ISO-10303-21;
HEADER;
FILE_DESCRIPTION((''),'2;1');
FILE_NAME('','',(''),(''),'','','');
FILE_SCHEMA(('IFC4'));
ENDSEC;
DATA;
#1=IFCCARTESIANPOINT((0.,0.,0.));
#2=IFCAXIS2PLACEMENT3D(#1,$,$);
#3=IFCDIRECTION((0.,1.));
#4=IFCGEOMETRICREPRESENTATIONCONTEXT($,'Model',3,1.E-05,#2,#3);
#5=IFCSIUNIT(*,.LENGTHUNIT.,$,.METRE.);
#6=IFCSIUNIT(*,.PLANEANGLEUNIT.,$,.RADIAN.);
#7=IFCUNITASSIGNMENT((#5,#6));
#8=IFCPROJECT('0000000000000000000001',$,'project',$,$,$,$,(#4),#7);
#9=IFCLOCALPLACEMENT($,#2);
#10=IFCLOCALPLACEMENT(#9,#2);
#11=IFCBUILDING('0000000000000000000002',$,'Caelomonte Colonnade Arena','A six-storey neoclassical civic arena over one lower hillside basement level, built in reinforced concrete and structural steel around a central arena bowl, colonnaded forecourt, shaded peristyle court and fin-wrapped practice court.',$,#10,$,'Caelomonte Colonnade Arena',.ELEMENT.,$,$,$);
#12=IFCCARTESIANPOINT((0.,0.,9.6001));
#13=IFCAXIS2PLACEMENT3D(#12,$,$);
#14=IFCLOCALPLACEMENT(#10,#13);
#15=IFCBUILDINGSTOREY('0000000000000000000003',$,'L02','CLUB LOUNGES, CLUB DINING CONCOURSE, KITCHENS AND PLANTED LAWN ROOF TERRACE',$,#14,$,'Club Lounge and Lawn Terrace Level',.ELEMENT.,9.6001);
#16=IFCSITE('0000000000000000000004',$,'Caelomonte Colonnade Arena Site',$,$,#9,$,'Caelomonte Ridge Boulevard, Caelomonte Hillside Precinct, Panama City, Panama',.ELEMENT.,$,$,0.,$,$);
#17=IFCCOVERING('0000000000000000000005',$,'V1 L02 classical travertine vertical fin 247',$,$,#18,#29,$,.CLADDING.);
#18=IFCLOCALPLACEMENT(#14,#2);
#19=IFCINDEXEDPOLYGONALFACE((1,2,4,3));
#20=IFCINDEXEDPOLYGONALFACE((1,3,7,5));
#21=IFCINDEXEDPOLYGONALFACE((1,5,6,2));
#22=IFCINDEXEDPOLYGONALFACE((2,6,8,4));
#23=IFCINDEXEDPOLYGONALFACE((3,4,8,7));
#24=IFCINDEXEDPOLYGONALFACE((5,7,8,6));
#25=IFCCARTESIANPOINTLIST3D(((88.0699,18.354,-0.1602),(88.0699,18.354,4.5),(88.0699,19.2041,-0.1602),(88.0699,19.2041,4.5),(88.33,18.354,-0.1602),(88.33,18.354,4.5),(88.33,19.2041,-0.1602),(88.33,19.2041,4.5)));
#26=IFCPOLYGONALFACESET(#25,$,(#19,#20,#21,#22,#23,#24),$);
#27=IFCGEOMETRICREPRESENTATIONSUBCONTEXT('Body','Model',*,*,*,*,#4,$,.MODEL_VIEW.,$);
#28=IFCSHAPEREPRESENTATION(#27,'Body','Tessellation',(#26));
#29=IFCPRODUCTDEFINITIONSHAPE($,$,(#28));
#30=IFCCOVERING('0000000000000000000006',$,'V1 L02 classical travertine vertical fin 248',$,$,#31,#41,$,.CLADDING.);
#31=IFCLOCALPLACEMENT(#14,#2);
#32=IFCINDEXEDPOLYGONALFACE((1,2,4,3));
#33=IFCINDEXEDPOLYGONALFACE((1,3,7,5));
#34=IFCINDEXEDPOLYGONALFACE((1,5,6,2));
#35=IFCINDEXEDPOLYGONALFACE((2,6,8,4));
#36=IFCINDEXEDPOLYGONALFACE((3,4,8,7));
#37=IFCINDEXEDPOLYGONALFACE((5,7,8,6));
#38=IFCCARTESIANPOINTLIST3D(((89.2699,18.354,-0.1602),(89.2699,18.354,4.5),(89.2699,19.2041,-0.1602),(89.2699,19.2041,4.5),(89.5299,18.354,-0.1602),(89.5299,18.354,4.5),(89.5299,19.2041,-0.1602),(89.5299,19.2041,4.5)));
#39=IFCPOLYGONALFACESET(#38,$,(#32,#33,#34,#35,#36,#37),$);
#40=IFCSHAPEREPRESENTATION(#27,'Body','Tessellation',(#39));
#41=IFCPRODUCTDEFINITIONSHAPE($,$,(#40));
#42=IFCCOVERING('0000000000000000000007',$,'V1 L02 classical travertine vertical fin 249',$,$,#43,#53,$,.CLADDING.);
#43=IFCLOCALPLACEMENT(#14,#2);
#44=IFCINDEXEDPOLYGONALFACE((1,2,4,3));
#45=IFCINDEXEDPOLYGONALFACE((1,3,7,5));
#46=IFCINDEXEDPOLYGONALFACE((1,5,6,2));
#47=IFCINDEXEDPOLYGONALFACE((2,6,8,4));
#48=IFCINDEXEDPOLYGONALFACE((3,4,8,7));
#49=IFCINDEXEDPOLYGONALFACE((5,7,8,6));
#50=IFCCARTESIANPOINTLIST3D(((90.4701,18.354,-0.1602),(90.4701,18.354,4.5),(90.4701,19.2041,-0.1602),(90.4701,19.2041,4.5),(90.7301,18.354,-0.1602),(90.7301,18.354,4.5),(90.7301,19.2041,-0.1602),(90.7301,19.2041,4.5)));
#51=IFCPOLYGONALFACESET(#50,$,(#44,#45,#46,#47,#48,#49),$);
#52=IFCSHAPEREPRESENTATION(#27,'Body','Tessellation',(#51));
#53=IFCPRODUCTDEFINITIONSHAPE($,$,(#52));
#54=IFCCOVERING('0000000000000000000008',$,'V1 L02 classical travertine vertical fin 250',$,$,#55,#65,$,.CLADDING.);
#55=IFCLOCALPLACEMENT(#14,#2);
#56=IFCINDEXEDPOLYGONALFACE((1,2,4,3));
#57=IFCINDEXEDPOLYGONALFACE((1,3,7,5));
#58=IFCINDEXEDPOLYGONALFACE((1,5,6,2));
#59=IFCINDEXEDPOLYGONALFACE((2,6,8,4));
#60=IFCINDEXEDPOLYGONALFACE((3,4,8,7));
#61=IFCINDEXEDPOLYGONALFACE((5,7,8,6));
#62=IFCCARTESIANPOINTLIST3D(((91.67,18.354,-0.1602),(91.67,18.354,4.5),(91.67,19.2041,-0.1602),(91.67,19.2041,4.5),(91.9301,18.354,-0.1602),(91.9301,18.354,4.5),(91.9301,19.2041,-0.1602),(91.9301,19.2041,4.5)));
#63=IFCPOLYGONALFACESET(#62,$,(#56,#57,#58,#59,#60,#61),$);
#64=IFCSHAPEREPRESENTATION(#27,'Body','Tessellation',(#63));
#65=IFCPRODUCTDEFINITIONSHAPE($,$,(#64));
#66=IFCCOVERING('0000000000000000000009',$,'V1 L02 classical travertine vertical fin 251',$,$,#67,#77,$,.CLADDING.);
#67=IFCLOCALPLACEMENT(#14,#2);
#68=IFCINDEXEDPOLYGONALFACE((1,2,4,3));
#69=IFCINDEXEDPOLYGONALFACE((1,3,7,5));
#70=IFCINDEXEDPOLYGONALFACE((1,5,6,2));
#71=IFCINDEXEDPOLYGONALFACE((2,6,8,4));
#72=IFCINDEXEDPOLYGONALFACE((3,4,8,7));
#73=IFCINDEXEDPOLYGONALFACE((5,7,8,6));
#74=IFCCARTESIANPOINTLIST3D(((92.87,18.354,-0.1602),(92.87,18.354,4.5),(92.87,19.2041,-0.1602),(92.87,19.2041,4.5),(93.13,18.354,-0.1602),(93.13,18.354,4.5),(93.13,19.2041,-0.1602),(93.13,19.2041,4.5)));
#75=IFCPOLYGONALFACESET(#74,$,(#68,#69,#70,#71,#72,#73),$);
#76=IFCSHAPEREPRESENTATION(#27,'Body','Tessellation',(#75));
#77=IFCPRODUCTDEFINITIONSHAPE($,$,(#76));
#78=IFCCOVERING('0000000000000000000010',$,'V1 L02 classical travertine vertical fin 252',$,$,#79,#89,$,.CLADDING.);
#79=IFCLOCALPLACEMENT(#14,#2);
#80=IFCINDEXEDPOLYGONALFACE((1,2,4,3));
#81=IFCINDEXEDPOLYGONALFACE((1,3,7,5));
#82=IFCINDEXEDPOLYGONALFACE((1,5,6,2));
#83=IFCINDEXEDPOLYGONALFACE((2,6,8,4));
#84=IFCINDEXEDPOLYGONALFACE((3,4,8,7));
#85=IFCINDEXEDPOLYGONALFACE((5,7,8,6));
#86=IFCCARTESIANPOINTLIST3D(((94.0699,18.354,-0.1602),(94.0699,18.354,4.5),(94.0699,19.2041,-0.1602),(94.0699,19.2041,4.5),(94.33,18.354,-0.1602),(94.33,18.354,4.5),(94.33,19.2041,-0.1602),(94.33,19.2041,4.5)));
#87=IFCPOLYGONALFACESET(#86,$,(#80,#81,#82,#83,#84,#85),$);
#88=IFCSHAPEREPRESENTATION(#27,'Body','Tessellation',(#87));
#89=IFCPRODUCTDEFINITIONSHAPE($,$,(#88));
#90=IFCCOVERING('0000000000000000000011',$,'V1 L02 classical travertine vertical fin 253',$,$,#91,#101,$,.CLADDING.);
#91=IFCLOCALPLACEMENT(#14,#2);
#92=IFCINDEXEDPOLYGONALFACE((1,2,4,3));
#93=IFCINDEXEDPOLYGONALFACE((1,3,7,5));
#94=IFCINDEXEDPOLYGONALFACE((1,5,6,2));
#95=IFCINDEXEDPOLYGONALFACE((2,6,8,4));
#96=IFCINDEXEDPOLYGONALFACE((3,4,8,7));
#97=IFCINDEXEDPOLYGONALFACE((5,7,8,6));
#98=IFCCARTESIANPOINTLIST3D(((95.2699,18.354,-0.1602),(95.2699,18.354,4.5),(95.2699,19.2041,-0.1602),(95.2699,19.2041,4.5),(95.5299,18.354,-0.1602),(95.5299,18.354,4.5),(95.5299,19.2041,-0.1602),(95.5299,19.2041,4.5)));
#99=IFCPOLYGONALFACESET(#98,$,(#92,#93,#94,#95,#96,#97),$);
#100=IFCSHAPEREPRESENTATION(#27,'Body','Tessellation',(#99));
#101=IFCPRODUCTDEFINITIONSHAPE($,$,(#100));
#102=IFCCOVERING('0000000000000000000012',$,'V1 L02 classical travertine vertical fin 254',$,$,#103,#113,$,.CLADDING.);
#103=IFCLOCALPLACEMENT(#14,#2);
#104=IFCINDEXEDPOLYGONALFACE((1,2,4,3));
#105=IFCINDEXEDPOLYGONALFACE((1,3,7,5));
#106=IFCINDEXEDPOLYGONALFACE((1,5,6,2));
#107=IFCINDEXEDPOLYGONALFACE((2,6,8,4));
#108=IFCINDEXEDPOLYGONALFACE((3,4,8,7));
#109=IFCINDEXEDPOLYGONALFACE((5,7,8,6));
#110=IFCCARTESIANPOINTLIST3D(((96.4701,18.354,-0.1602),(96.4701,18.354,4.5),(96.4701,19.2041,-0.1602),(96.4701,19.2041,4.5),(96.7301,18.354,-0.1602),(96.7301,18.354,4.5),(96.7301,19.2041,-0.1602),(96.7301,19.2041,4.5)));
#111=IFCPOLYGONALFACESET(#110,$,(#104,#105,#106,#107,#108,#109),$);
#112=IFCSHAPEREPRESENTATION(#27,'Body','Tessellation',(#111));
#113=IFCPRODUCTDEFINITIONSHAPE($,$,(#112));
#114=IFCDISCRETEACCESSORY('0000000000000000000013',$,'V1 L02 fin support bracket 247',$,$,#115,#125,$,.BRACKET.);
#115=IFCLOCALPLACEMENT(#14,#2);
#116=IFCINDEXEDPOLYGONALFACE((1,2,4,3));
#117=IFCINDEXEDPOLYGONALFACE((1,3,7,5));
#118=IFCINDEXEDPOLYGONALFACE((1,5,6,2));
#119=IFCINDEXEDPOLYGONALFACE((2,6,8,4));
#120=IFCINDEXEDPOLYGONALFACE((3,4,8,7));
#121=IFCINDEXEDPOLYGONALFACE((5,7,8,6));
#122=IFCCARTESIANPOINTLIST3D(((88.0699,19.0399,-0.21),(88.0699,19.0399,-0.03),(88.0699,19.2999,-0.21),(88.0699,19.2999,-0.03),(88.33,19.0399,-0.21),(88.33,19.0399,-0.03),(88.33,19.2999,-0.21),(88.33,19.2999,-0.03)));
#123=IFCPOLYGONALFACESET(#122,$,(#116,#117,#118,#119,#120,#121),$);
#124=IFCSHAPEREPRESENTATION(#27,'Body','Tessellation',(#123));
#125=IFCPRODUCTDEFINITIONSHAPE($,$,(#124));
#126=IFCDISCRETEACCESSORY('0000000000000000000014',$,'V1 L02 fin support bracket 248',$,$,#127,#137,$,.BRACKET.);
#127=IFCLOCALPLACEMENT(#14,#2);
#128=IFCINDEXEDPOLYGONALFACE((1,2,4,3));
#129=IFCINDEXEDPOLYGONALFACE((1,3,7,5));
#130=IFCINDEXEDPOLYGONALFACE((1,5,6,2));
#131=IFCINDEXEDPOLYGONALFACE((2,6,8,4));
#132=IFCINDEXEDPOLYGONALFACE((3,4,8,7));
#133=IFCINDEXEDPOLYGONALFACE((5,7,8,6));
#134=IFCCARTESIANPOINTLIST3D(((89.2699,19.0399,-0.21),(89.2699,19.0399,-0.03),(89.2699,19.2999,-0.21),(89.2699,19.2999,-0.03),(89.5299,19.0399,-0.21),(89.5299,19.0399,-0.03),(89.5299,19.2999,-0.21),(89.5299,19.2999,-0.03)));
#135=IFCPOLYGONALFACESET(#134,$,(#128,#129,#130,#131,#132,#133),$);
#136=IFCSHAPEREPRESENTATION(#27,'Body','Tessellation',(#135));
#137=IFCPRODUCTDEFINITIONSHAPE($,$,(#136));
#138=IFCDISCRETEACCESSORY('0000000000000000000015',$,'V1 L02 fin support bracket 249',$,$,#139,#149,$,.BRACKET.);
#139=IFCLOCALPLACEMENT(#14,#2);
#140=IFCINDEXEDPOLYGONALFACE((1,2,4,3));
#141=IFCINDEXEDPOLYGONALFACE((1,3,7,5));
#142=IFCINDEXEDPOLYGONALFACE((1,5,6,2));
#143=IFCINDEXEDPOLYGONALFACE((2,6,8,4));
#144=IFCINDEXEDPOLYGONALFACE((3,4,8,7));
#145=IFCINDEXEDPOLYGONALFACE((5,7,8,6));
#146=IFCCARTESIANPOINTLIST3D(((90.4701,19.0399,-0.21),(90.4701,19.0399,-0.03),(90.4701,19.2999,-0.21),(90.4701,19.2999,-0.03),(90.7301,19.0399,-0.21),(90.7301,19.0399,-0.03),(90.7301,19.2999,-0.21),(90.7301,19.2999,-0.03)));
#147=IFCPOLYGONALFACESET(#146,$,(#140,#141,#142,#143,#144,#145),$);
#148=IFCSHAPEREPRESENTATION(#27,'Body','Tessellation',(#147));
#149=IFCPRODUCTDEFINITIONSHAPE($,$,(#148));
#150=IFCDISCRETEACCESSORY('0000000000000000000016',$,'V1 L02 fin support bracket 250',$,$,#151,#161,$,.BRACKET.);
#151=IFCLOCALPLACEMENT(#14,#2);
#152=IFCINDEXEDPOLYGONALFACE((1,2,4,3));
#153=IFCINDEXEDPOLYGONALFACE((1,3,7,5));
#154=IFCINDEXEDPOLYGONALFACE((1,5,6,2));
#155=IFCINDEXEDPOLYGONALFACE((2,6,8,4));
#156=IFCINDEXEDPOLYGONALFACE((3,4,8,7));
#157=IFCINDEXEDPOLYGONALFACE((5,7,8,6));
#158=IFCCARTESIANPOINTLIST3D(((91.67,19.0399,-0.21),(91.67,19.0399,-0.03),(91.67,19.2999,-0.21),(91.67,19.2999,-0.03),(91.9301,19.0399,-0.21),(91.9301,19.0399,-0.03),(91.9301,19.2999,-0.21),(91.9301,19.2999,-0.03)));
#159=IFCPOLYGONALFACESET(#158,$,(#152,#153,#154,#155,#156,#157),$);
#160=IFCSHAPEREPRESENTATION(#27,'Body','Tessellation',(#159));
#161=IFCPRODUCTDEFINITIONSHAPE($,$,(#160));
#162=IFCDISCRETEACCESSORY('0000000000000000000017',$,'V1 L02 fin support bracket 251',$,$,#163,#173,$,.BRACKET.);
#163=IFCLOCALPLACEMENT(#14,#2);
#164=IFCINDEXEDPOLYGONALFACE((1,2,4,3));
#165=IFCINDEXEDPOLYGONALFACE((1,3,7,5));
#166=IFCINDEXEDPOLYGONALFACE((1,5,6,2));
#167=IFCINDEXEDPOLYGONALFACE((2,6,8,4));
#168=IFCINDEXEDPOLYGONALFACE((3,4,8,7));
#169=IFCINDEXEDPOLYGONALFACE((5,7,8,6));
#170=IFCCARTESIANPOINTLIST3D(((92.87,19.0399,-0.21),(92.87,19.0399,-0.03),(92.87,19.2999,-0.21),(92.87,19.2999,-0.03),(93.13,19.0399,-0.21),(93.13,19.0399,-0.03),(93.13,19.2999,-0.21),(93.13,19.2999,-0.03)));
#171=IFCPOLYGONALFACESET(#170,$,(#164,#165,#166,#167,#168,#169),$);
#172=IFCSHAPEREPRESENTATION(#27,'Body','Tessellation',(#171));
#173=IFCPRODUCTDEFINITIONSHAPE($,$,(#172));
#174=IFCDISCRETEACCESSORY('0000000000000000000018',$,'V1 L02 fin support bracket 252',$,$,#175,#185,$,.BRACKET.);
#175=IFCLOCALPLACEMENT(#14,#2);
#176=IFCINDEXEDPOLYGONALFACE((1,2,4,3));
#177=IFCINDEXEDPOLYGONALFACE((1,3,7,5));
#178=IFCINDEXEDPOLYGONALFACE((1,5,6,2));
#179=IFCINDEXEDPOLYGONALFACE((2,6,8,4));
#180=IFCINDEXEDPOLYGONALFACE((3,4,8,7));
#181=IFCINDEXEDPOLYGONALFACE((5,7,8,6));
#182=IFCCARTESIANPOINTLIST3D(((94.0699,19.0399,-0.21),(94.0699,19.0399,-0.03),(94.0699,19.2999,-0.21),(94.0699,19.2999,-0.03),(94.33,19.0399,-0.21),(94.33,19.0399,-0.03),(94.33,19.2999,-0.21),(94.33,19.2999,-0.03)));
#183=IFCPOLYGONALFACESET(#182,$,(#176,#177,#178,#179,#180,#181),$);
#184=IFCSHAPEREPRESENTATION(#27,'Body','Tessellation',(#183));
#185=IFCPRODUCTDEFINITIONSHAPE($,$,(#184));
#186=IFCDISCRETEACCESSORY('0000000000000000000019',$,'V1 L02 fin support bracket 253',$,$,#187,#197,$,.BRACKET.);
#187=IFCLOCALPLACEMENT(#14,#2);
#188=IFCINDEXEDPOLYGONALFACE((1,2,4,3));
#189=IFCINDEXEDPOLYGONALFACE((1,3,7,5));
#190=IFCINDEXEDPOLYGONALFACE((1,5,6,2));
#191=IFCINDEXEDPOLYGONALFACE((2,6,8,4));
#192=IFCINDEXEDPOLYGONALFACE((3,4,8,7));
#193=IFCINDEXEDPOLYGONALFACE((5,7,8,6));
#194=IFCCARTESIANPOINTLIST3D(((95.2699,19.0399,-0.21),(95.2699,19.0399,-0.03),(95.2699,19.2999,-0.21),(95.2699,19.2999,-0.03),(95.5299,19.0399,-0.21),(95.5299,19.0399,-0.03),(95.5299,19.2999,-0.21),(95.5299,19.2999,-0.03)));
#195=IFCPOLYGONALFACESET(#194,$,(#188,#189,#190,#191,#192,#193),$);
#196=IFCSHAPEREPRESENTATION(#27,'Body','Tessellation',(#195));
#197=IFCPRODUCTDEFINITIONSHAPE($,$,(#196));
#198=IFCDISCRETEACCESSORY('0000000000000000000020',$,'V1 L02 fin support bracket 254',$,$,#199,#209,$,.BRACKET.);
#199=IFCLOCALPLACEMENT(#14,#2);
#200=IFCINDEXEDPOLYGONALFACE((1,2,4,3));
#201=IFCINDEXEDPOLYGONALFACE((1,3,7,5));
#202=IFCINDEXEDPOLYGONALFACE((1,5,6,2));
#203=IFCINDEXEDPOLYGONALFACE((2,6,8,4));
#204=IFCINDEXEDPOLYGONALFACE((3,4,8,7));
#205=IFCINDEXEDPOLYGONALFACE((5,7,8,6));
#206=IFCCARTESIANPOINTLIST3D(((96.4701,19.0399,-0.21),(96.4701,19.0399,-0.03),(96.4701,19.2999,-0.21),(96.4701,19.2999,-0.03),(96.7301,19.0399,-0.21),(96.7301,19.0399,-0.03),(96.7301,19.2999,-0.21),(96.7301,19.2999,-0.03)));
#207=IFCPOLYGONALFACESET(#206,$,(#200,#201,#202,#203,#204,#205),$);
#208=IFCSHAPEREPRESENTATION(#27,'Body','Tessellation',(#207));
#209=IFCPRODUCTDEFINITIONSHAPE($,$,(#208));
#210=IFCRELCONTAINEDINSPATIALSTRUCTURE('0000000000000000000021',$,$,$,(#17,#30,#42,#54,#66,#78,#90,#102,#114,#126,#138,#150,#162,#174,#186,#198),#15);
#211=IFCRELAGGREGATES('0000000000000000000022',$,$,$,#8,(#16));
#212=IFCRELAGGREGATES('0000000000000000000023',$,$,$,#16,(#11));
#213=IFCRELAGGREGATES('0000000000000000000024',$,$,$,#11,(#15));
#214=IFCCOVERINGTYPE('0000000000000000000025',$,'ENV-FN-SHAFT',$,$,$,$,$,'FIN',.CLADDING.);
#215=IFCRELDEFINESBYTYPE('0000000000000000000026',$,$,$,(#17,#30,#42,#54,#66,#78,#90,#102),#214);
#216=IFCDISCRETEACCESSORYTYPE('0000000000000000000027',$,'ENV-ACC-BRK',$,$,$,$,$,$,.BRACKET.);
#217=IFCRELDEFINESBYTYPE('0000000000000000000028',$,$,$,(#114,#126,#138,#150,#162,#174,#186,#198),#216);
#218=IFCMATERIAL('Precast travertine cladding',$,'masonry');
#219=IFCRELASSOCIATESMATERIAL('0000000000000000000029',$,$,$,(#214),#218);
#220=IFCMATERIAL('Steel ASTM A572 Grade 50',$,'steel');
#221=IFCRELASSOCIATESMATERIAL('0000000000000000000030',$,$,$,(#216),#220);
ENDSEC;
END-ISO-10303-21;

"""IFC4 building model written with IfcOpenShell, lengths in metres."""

from ifc_helpers import new_model, si_unit, direction, frame, origin, origin_2d, place, context, subcontext, project, spatial, rectangle, extrude, material, material_profile, profile_set, type_object, element, save


model = new_model("IFC4")

# Units and contexts
model_context = context("Model", 3, precision=1e-05, world=origin(), true_north=direction((0.0, 1.0)))
body_context = subcontext(model_context, "Body", "Model", "MODEL_VIEW")
ifc_project = project(units=[si_unit("LENGTHUNIT", "METRE"), si_unit("PLANEANGLEUNIT", "RADIAN")], contexts=[model_context])

# Site, building, storey
site_placement = place(None, origin())
site = spatial("IfcSite", under=ifc_project, at=site_placement, Name="Caelomonte Colonnade Arena Site", LongName="Caelomonte Ridge Boulevard, Caelomonte Hillside Precinct, Panama City, Panama", CompositionType="ELEMENT", RefElevation=0.0)
building_placement = place(site_placement, origin())
building = spatial("IfcBuilding", under=site, at=building_placement, Name="Caelomonte Colonnade Arena", Description="A six-storey neoclassical civic arena over one lower hillside basement level, built in reinforced concrete and structural steel around a central arena bowl, colonnaded forecourt, shaded peristyle court and fin-wrapped practice court.", LongName="Caelomonte Colonnade Arena", CompositionType="ELEMENT")
storey_placement = place(building_placement, frame((0.0, 0.0, 9.6001)))
storey = spatial("IfcBuildingStorey", under=building, at=storey_placement, Name="L02", Description="CLUB LOUNGES, CLUB DINING CONCOURSE, KITCHENS AND PLANTED LAWN ROOF TERRACE", LongName="Club Lounge and Lawn Terrace Level", CompositionType="ELEMENT", Elevation=9.6001)

# Coverings
ifc_material_1 = material(Name="Precast travertine cladding", Category="masonry")
ifc_material_profile_1 = material_profile(ifc_material_1, rectangle(XDim=0.26, YDim=0.8501, at=origin_2d()), Name="FIN260X850")
ifc_profile_set_1 = profile_set([ifc_material_profile_1], Name="Precast travertine cladding")
covering_type = type_object("IfcCoveringType", Name="ENV-FN-SHAFT", ElementType="FIN", PredefinedType="CLADDING", material=ifc_profile_set_1)
for number, where, z_axis, x_axis, name in (
    (1, (88.2, 18.7791, -0.1602), (0.0, 0.0, 1.0), (-1.0, 0.0, 0.0), "V1 L02 classical travertine vertical fin 247"),
    (2, (89.3999, 18.7791, -0.1602), (0.0, 0.0, 1.0), (-1.0, 0.0, 0.0), "V1 L02 classical travertine vertical fin 248"),
    (3, (90.6001, 18.7791, -0.1602), (0.0, 0.0, 1.0), (-1.0, 0.0, 0.0), "V1 L02 classical travertine vertical fin 249"),
    (4, (91.8, 18.7791, -0.1602), (0.0, 0.0, 1.0), (-1.0, 0.0, 0.0), "V1 L02 classical travertine vertical fin 250"),
    (5, (93.0, 18.7791, -0.1602), (0.0, 0.0, 1.0), (-1.0, 0.0, 0.0), "V1 L02 classical travertine vertical fin 251"),
    (6, (94.2, 18.7791, -0.1602), (0.0, 0.0, 1.0), (-1.0, 0.0, 0.0), "V1 L02 classical travertine vertical fin 252"),
    (7, (95.3999, 18.7791, -0.1602), (0.0, 0.0, 1.0), (-1.0, 0.0, 0.0), "V1 L02 classical travertine vertical fin 253"),
    (8, (96.6001, 18.7791, -0.1602), (0.0, 0.0, 1.0), (-1.0, 0.0, 0.0), "V1 L02 classical travertine vertical fin 254"),
):
    element("IfcCovering", number, at=place(storey_placement, frame(where, z_axis=z_axis, x_axis=x_axis)), inside=storey, type_object=covering_type, Name=name, PredefinedType="CLADDING", context=body_context, shape_type="SweptSolid", body=[
        extrude(rectangle(XDim=0.26, YDim=0.8501, at=origin_2d()), origin(), (0.0, 0.0, 1.0), 4.6602),
    ])

# Discrete accessories
ifc_material_2 = material(Name="Steel ASTM A572 Grade 50", Category="steel")
discrete_accessory_type = type_object("IfcDiscreteAccessoryType", Name="ENV-ACC-BRK", PredefinedType="BRACKET", material=ifc_material_2)
for number, where, z_axis, x_axis, name in (
    (9, (88.2, 19.1699, -0.21), (0.0, 0.0, 1.0), (1.0, 0.0, 0.0), "V1 L02 fin support bracket 247"),
    (10, (89.3999, 19.1699, -0.21), (0.0, 0.0, 1.0), (1.0, 0.0, 0.0), "V1 L02 fin support bracket 248"),
    (11, (90.6001, 19.1699, -0.21), (0.0, 0.0, 1.0), (1.0, 0.0, 0.0), "V1 L02 fin support bracket 249"),
    (12, (91.8, 19.1699, -0.21), (0.0, 0.0, 1.0), (1.0, 0.0, 0.0), "V1 L02 fin support bracket 250"),
    (13, (93.0, 19.1699, -0.21), (0.0, 0.0, 1.0), (1.0, 0.0, 0.0), "V1 L02 fin support bracket 251"),
    (14, (94.2, 19.1699, -0.21), (0.0, 0.0, 1.0), (1.0, 0.0, 0.0), "V1 L02 fin support bracket 252"),
    (15, (95.3999, 19.1699, -0.21), (0.0, 0.0, 1.0), (1.0, 0.0, 0.0), "V1 L02 fin support bracket 253"),
    (16, (96.6001, 19.1699, -0.21), (0.0, 0.0, 1.0), (1.0, 0.0, 0.0), "V1 L02 fin support bracket 254"),
):
    element("IfcDiscreteAccessory", number, at=place(storey_placement, frame(where, z_axis=z_axis, x_axis=x_axis)), inside=storey, type_object=discrete_accessory_type, Name=name, PredefinedType="BRACKET", context=body_context, shape_type="SweptSolid", body=[
        extrude(rectangle(XDim=0.26, YDim=0.26, at=origin_2d()), origin(), (0.0, 0.0, 1.0), 0.1799),
    ])

save(model, "model.ifc")
